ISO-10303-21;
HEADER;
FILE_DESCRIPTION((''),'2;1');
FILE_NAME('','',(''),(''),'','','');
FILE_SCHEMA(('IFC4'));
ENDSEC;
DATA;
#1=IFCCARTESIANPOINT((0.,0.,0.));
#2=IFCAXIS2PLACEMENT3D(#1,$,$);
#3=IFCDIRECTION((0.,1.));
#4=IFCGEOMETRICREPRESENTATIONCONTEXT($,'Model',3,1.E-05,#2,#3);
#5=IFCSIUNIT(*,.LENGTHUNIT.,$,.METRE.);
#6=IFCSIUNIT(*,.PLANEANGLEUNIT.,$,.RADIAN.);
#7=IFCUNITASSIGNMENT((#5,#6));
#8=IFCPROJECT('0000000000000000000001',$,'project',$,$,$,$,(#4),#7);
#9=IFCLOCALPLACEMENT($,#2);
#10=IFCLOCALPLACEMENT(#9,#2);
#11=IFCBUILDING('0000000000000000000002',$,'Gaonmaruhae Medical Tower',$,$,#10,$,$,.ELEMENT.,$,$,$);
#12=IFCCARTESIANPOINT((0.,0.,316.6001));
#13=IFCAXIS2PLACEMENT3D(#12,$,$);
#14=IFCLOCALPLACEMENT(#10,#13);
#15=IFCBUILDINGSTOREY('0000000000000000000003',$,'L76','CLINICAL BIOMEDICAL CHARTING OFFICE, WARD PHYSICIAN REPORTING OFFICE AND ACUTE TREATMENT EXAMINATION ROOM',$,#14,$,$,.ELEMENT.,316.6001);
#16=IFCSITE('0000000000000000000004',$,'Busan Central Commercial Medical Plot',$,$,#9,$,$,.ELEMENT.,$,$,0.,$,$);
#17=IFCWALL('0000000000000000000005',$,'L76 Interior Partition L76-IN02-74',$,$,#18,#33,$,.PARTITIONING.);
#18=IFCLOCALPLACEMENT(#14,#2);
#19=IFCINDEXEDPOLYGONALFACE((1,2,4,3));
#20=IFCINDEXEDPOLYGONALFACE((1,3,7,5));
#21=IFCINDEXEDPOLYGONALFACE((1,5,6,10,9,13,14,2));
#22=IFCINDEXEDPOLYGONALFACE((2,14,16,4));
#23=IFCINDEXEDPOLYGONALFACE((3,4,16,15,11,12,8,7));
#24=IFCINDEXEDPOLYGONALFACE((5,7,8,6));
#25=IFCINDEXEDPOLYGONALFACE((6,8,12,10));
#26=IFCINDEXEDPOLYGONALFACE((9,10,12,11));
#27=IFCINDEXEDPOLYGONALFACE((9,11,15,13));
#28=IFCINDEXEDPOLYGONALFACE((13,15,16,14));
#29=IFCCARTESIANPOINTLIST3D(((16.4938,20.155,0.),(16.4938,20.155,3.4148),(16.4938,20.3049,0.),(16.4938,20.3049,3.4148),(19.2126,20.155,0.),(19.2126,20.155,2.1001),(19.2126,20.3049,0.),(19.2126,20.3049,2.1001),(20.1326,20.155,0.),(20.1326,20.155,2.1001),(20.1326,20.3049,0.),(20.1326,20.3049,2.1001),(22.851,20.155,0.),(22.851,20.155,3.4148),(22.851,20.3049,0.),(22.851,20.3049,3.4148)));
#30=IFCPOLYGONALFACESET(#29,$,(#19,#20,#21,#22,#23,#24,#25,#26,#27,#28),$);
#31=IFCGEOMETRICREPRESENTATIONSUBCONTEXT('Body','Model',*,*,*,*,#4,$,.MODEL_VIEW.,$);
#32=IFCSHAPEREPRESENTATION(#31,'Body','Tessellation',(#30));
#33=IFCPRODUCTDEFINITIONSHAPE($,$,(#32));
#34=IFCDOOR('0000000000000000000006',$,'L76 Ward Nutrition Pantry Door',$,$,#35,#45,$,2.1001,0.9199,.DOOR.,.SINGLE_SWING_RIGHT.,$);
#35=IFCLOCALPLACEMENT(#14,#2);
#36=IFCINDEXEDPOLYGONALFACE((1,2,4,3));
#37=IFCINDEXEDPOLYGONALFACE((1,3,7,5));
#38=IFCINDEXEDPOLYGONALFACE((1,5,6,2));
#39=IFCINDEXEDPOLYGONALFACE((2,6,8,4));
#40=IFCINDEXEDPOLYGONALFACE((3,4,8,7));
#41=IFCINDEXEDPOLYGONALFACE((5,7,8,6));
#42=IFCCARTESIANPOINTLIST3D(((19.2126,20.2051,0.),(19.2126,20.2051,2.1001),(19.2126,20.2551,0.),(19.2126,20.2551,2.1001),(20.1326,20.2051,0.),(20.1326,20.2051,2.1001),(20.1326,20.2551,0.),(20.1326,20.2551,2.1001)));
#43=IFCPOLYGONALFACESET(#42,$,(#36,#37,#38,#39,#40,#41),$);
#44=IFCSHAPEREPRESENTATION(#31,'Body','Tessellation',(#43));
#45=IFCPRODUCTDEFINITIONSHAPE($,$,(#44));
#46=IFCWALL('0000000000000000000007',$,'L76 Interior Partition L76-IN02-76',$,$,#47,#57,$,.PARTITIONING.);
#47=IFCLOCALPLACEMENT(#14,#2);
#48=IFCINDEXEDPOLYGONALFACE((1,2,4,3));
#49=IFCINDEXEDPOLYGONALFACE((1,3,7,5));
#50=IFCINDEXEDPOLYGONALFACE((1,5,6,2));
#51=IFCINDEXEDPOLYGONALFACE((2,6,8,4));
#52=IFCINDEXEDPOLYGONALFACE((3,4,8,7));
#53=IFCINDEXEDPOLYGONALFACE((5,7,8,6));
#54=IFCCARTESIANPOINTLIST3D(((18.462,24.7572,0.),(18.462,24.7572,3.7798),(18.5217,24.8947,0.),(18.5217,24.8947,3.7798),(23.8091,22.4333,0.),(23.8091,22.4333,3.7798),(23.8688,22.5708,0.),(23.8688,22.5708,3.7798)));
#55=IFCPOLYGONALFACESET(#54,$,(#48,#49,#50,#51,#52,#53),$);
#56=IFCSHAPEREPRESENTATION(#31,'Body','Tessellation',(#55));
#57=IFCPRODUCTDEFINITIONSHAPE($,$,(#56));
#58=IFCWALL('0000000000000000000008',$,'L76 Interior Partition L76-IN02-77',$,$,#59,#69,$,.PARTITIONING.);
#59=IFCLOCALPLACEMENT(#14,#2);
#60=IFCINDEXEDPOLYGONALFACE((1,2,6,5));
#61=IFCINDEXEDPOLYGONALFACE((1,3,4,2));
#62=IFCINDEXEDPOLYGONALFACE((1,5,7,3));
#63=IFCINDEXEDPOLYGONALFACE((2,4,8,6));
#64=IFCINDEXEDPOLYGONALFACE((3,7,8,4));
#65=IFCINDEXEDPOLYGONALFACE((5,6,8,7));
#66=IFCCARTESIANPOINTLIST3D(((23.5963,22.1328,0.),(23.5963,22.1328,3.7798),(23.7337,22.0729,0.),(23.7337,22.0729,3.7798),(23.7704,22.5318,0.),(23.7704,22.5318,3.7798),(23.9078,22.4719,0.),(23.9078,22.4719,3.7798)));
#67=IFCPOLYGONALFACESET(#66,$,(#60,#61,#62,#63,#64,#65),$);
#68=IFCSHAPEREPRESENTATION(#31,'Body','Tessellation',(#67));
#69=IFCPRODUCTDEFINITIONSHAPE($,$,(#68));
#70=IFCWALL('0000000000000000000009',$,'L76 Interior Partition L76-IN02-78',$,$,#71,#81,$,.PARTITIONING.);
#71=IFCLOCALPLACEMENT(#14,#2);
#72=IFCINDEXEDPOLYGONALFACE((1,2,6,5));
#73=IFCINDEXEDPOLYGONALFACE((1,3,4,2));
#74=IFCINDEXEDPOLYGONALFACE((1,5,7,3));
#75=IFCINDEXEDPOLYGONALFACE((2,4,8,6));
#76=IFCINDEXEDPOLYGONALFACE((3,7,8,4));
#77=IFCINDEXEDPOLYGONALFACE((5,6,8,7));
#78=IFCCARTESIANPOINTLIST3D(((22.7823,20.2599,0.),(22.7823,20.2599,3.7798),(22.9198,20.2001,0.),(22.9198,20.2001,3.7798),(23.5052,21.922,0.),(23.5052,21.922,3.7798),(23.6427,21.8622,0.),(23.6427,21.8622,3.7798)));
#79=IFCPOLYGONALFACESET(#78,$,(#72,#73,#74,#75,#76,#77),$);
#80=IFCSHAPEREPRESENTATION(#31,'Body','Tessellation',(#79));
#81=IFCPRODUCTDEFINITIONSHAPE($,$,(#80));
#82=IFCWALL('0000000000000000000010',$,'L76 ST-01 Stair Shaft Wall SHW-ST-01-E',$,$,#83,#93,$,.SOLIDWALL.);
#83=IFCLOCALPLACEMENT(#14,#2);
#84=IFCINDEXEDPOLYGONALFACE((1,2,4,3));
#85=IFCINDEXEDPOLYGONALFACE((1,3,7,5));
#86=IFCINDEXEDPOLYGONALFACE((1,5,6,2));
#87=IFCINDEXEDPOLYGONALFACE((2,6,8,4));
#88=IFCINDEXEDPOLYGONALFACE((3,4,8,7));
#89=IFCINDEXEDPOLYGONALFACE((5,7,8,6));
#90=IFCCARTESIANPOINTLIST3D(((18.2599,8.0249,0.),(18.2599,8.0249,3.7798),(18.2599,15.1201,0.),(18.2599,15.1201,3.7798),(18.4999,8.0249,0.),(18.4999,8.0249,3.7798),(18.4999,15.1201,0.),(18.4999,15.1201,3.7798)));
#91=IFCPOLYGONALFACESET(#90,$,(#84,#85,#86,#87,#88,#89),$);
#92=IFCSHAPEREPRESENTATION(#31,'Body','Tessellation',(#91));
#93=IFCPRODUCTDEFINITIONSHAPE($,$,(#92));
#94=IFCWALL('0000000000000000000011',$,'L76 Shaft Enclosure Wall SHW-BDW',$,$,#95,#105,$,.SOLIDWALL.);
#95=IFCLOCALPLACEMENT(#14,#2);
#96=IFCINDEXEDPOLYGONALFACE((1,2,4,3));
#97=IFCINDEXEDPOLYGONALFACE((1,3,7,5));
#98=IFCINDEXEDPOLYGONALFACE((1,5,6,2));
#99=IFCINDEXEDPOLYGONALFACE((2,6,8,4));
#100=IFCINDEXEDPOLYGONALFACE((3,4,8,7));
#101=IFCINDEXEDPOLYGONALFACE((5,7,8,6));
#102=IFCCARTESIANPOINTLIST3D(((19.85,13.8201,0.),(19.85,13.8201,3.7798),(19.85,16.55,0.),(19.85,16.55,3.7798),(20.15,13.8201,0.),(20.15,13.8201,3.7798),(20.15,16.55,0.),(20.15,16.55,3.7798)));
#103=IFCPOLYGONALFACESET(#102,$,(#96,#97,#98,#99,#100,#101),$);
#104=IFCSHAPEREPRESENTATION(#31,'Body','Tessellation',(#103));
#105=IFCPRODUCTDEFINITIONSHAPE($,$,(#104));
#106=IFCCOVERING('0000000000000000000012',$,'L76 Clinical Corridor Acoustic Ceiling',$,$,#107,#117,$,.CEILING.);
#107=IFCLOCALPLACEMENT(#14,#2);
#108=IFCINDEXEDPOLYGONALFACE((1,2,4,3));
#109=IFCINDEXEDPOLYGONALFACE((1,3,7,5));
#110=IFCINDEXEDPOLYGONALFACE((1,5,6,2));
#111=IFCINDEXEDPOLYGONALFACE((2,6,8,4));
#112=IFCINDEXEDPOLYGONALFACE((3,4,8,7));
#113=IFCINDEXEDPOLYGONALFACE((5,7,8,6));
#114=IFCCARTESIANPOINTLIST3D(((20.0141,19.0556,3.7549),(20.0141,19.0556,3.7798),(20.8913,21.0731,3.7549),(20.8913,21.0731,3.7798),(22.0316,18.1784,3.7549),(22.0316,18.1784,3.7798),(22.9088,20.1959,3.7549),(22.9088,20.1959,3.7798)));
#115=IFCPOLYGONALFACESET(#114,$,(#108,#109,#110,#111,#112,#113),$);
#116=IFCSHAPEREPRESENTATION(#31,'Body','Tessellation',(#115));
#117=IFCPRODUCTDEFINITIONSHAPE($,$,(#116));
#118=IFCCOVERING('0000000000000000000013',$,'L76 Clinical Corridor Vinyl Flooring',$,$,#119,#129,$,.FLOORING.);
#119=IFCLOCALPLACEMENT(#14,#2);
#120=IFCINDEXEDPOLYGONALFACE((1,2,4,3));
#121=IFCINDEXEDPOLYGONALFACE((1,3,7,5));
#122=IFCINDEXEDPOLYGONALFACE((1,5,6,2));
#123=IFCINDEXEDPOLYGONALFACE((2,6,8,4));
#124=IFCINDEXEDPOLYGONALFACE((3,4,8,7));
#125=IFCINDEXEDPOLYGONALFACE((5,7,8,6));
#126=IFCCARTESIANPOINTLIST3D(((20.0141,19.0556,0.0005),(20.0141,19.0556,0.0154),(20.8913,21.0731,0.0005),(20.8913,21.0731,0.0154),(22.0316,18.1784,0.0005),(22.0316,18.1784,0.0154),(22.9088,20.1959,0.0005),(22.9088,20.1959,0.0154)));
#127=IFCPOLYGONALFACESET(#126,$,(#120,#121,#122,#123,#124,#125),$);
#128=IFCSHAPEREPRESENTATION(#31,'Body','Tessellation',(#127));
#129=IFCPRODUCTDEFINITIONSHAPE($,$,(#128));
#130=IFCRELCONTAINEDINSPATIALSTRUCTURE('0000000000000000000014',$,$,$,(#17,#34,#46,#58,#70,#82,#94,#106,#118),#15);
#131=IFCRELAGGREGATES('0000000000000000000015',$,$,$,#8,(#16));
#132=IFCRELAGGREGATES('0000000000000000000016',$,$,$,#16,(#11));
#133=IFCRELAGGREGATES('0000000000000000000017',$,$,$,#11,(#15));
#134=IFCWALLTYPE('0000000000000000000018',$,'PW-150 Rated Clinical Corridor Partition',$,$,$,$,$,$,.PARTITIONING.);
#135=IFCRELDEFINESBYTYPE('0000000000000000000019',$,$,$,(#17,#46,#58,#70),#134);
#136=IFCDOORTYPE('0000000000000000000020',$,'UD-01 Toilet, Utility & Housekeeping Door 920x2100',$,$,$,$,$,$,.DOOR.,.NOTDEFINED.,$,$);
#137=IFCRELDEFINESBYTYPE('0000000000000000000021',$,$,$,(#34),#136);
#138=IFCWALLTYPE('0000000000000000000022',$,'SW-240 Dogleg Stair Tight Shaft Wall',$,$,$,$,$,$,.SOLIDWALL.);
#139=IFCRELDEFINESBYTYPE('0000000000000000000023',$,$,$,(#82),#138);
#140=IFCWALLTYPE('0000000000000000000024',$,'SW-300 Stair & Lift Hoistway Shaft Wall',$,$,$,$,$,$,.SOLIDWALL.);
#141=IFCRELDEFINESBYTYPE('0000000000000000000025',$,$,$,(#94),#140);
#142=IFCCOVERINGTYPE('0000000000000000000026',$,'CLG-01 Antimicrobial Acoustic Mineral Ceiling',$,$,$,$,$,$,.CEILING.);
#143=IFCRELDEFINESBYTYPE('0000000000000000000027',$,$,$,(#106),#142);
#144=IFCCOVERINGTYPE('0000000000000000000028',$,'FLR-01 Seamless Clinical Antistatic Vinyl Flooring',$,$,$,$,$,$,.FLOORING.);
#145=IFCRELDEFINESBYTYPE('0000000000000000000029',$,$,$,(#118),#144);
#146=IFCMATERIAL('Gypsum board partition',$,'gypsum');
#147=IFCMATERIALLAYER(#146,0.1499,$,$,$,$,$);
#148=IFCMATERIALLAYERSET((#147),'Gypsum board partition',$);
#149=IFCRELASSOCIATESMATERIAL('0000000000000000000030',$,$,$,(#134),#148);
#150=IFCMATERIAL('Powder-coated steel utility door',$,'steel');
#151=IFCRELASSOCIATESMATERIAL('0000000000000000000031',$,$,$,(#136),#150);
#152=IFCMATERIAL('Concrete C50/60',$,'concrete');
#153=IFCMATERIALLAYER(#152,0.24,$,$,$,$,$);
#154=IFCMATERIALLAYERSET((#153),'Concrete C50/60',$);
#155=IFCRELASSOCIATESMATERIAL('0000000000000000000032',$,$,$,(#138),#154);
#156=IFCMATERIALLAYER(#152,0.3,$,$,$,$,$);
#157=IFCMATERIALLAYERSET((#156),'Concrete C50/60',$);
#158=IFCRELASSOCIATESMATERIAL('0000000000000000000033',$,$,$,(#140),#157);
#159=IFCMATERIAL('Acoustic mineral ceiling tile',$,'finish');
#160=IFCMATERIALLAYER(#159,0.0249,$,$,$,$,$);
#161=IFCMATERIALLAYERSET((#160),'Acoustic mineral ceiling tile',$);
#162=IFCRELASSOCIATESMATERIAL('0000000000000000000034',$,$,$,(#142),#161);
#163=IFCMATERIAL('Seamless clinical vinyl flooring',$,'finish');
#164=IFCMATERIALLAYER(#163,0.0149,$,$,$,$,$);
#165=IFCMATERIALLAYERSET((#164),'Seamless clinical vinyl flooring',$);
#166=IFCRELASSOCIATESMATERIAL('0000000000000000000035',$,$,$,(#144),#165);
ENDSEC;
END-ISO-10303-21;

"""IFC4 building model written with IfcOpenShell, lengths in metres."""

from ifc_helpers import new_model, si_unit, direction, frame, frame_2d, origin, origin_2d, place, context, subcontext, project, spatial, rectangle, extrude, material, layer, layer_set, type_object, element, fill, save


model = new_model("IFC4")

# Units and contexts
model_context = context("Model", 3, precision=1e-05, world=origin(), true_north=direction((0.0, 1.0)))
body_context = subcontext(model_context, "Body", "Model", "MODEL_VIEW")
ifc_project = project(units=[si_unit("LENGTHUNIT", "METRE"), si_unit("PLANEANGLEUNIT", "RADIAN")], contexts=[model_context])

# Site, building, storey
site_placement = place(None, origin())
site = spatial("IfcSite", under=ifc_project, at=site_placement, Name="Busan Central Commercial Medical Plot", CompositionType="ELEMENT", RefElevation=0.0)
building_placement = place(site_placement, origin())
building = spatial("IfcBuilding", under=site, at=building_placement, Name="Gaonmaruhae Medical Tower", CompositionType="ELEMENT")
storey_placement = place(building_placement, frame((0.0, 0.0, 316.6001)))
storey = spatial("IfcBuildingStorey", under=building, at=storey_placement, Name="L76", Description="CLINICAL BIOMEDICAL CHARTING OFFICE, WARD PHYSICIAN REPORTING OFFICE AND ACUTE TREATMENT EXAMINATION ROOM", CompositionType="ELEMENT", Elevation=316.6001)

# Shared definitions
ifc_material_1 = material(Name="Concrete C50/60", Category="concrete")

# Wall, opening, door
ifc_material_2 = material(Name="Gypsum board partition", Category="gypsum")
ifc_layer_1 = layer(ifc_material_2, 0.1499)
ifc_layer_set_1 = layer_set([ifc_layer_1], Name="Gypsum board partition")
wall_type_1 = type_object("IfcWallType", Name="PW-150 Rated Clinical Corridor Partition", PredefinedType="PARTITIONING", material=ifc_layer_set_1)
wall_1_placement = place(storey_placement, frame((22.8511, 20.23, 0.0), z_axis=(0.0, 0.0, 1.0), x_axis=(-1.0, 0.0, 0.0)))
wall_1 = element("IfcWall", 1, at=wall_1_placement, inside=storey, type_object=wall_type_1, Name="L76 Interior Partition L76-IN02-74", PredefinedType="PARTITIONING", context=body_context, shape_type="SweptSolid", body=[
    extrude(rectangle(XDim=6.3572, YDim=0.1499, at=frame_2d((3.1787, 0.0))), origin(), (0.0, 0.0, 1.0), 3.4148),
])
opening_1_placement = place(wall_1_placement, frame((2.7185, 0.0, 0.0)))
opening_1 = element("IfcOpeningElement", 2, at=opening_1_placement, cuts=wall_1, PredefinedType="OPENING", context=body_context, shape_type="SweptSolid", body=[
    extrude(rectangle(XDim=0.9199, YDim=2.1001, at=frame_2d((0.46, 1.05))), frame((0.0, 0.085, 0.0), z_axis=(0.0, -1.0, 0.0), x_axis=(1.0, 0.0, 0.0)), (0.0, 0.0, 1.0), 0.1699),
])
ifc_material_3 = material(Name="Powder-coated steel utility door", Category="steel")
door_type_1 = type_object("IfcDoorType", Name="UD-01 Toilet, Utility & Housekeeping Door 920x2100", OperationType="NOTDEFINED", PredefinedType="DOOR", material=ifc_material_3)
door_1_placement = place(opening_1_placement, origin())
door_1 = element("IfcDoor", 3, at=door_1_placement, inside=storey, type_object=door_type_1, Name="L76 Ward Nutrition Pantry Door", OperationType="SINGLE_SWING_RIGHT", OverallHeight=2.1001, OverallWidth=0.9199, PredefinedType="DOOR", context=body_context, shape_type="SweptSolid", body=[
    extrude(rectangle(XDim=0.9199, YDim=2.1001, at=frame_2d((0.46, 1.05))), frame((0.0, 0.0249, 0.0), z_axis=(0.0, -1.0, 0.0), x_axis=(1.0, 0.0, 0.0)), (0.0, 0.0, 1.0), 0.05),
])
fill(opening_1, door_1)

# Walls
wall_2_placement = place(storey_placement, frame((18.4919, 24.8259, 0.0), z_axis=(0.0, 0.0, 1.0), x_axis=(0.917125, -0.398599, 0.0)))
element("IfcWall", 4, at=wall_2_placement, inside=storey, type_object=wall_type_1, Name="L76 Interior Partition L76-IN02-76", PredefinedType="PARTITIONING", context=body_context, shape_type="SweptSolid", body=[
    extrude(rectangle(XDim=5.8303, YDim=0.1499, at=frame_2d((2.915, 0.0))), origin(), (0.0, 0.0, 1.0), 3.7798),
])
wall_3_placement = place(storey_placement, frame((23.8391, 22.502, 0.0), z_axis=(0.0, 0.0, 1.0), x_axis=(-0.399936, -0.916543, 0.0)))
element("IfcWall", 5, at=wall_3_placement, inside=storey, type_object=wall_type_1, Name="L76 Interior Partition L76-IN02-77", PredefinedType="PARTITIONING", context=body_context, shape_type="SweptSolid", body=[
    extrude(rectangle(XDim=0.4353, YDim=0.1499, at=frame_2d((0.2178, 0.0))), origin(), (0.0, 0.0, 1.0), 3.7798),
])
wall_4_placement = place(storey_placement, frame((23.574, 21.8921, 0.0), z_axis=(0.0, 0.0, 1.0), x_axis=(-0.398839, -0.917021, 0.0)))
element("IfcWall", 6, at=wall_4_placement, inside=storey, type_object=wall_type_1, Name="L76 Interior Partition L76-IN02-78", PredefinedType="PARTITIONING", context=body_context, shape_type="SweptSolid", body=[
    extrude(rectangle(XDim=1.8125, YDim=0.1499, at=frame_2d((0.9062, 0.0))), origin(), (0.0, 0.0, 1.0), 3.7798),
])
ifc_layer_2 = layer(ifc_material_1, 0.24)
ifc_layer_set_2 = layer_set([ifc_layer_2], Name="Concrete C50/60")
wall_type_2 = type_object("IfcWallType", Name="SW-240 Dogleg Stair Tight Shaft Wall", PredefinedType="SOLIDWALL", material=ifc_layer_set_2)
wall_5_placement = place(storey_placement, frame((18.3799, 15.1201, 0.0), z_axis=(0.0, 0.0, 1.0), x_axis=(0.0, -1.0, 0.0)))
element("IfcWall", 7, at=wall_5_placement, inside=storey, type_object=wall_type_2, Name="L76 ST-01 Stair Shaft Wall SHW-ST-01-E", PredefinedType="SOLIDWALL", context=body_context, shape_type="SweptSolid", body=[
    extrude(rectangle(XDim=7.0952, YDim=0.24, at=frame_2d((3.5476, 0.0))), origin(), (0.0, 0.0, 1.0), 3.7798),
])

# Shared definitions
ifc_layer_3 = layer(ifc_material_1, 0.3)
ifc_layer_set_3 = layer_set([ifc_layer_3], Name="Concrete C50/60")
wall_type_3 = type_object("IfcWallType", Name="SW-300 Stair & Lift Hoistway Shaft Wall", PredefinedType="SOLIDWALL", material=ifc_layer_set_3)

# Wall
wall_6_placement = place(storey_placement, frame((20.0, 13.8201, 0.0), z_axis=(0.0, 0.0, 1.0), x_axis=(0.0, 1.0, 0.0)))
element("IfcWall", 8, at=wall_6_placement, inside=storey, type_object=wall_type_3, Name="L76 Shaft Enclosure Wall SHW-BDW", PredefinedType="SOLIDWALL", context=body_context, shape_type="SweptSolid", body=[
    extrude(rectangle(XDim=2.73, YDim=0.3, at=frame_2d((1.365, 0.0))), origin(), (0.0, 0.0, 1.0), 3.7798),
])

# Coverings
ifc_material_4 = material(Name="Acoustic mineral ceiling tile", Category="finish")
ifc_layer_4 = layer(ifc_material_4, 0.0249)
ifc_layer_set_4 = layer_set([ifc_layer_4], Name="Acoustic mineral ceiling tile")
covering_type_1 = type_object("IfcCoveringType", Name="CLG-01 Antimicrobial Acoustic Mineral Ceiling", PredefinedType="CEILING", material=ifc_layer_set_4)
covering_1_placement = place(storey_placement, frame((21.4614, 19.6257, 3.7549), z_axis=(0.0, 0.0, 1.0), x_axis=(0.398749, 0.91706, 0.0)))
element("IfcCovering", 9, at=covering_1_placement, inside=storey, type_object=covering_type_1, Name="L76 Clinical Corridor Acoustic Ceiling", PredefinedType="CEILING", context=body_context, shape_type="SweptSolid", body=[
    extrude(rectangle(XDim=2.2, YDim=2.2, at=origin_2d()), origin(), (0.0, 0.0, 1.0), 0.0249),
])
ifc_material_5 = material(Name="Seamless clinical vinyl flooring", Category="finish")
ifc_layer_5 = layer(ifc_material_5, 0.0149)
ifc_layer_set_5 = layer_set([ifc_layer_5], Name="Seamless clinical vinyl flooring")
covering_type_2 = type_object("IfcCoveringType", Name="FLR-01 Seamless Clinical Antistatic Vinyl Flooring", PredefinedType="FLOORING", material=ifc_layer_set_5)
covering_2_placement = place(storey_placement, frame((21.4614, 19.6257, 0.0005), z_axis=(0.0, 0.0, 1.0), x_axis=(0.398749, 0.91706, 0.0)))
element("IfcCovering", 10, at=covering_2_placement, inside=storey, type_object=covering_type_2, Name="L76 Clinical Corridor Vinyl Flooring", PredefinedType="FLOORING", context=body_context, shape_type="SweptSolid", body=[
    extrude(rectangle(XDim=2.2, YDim=2.2, at=origin_2d()), origin(), (0.0, 0.0, 1.0), 0.0149),
])

save(model, "model.ifc")
